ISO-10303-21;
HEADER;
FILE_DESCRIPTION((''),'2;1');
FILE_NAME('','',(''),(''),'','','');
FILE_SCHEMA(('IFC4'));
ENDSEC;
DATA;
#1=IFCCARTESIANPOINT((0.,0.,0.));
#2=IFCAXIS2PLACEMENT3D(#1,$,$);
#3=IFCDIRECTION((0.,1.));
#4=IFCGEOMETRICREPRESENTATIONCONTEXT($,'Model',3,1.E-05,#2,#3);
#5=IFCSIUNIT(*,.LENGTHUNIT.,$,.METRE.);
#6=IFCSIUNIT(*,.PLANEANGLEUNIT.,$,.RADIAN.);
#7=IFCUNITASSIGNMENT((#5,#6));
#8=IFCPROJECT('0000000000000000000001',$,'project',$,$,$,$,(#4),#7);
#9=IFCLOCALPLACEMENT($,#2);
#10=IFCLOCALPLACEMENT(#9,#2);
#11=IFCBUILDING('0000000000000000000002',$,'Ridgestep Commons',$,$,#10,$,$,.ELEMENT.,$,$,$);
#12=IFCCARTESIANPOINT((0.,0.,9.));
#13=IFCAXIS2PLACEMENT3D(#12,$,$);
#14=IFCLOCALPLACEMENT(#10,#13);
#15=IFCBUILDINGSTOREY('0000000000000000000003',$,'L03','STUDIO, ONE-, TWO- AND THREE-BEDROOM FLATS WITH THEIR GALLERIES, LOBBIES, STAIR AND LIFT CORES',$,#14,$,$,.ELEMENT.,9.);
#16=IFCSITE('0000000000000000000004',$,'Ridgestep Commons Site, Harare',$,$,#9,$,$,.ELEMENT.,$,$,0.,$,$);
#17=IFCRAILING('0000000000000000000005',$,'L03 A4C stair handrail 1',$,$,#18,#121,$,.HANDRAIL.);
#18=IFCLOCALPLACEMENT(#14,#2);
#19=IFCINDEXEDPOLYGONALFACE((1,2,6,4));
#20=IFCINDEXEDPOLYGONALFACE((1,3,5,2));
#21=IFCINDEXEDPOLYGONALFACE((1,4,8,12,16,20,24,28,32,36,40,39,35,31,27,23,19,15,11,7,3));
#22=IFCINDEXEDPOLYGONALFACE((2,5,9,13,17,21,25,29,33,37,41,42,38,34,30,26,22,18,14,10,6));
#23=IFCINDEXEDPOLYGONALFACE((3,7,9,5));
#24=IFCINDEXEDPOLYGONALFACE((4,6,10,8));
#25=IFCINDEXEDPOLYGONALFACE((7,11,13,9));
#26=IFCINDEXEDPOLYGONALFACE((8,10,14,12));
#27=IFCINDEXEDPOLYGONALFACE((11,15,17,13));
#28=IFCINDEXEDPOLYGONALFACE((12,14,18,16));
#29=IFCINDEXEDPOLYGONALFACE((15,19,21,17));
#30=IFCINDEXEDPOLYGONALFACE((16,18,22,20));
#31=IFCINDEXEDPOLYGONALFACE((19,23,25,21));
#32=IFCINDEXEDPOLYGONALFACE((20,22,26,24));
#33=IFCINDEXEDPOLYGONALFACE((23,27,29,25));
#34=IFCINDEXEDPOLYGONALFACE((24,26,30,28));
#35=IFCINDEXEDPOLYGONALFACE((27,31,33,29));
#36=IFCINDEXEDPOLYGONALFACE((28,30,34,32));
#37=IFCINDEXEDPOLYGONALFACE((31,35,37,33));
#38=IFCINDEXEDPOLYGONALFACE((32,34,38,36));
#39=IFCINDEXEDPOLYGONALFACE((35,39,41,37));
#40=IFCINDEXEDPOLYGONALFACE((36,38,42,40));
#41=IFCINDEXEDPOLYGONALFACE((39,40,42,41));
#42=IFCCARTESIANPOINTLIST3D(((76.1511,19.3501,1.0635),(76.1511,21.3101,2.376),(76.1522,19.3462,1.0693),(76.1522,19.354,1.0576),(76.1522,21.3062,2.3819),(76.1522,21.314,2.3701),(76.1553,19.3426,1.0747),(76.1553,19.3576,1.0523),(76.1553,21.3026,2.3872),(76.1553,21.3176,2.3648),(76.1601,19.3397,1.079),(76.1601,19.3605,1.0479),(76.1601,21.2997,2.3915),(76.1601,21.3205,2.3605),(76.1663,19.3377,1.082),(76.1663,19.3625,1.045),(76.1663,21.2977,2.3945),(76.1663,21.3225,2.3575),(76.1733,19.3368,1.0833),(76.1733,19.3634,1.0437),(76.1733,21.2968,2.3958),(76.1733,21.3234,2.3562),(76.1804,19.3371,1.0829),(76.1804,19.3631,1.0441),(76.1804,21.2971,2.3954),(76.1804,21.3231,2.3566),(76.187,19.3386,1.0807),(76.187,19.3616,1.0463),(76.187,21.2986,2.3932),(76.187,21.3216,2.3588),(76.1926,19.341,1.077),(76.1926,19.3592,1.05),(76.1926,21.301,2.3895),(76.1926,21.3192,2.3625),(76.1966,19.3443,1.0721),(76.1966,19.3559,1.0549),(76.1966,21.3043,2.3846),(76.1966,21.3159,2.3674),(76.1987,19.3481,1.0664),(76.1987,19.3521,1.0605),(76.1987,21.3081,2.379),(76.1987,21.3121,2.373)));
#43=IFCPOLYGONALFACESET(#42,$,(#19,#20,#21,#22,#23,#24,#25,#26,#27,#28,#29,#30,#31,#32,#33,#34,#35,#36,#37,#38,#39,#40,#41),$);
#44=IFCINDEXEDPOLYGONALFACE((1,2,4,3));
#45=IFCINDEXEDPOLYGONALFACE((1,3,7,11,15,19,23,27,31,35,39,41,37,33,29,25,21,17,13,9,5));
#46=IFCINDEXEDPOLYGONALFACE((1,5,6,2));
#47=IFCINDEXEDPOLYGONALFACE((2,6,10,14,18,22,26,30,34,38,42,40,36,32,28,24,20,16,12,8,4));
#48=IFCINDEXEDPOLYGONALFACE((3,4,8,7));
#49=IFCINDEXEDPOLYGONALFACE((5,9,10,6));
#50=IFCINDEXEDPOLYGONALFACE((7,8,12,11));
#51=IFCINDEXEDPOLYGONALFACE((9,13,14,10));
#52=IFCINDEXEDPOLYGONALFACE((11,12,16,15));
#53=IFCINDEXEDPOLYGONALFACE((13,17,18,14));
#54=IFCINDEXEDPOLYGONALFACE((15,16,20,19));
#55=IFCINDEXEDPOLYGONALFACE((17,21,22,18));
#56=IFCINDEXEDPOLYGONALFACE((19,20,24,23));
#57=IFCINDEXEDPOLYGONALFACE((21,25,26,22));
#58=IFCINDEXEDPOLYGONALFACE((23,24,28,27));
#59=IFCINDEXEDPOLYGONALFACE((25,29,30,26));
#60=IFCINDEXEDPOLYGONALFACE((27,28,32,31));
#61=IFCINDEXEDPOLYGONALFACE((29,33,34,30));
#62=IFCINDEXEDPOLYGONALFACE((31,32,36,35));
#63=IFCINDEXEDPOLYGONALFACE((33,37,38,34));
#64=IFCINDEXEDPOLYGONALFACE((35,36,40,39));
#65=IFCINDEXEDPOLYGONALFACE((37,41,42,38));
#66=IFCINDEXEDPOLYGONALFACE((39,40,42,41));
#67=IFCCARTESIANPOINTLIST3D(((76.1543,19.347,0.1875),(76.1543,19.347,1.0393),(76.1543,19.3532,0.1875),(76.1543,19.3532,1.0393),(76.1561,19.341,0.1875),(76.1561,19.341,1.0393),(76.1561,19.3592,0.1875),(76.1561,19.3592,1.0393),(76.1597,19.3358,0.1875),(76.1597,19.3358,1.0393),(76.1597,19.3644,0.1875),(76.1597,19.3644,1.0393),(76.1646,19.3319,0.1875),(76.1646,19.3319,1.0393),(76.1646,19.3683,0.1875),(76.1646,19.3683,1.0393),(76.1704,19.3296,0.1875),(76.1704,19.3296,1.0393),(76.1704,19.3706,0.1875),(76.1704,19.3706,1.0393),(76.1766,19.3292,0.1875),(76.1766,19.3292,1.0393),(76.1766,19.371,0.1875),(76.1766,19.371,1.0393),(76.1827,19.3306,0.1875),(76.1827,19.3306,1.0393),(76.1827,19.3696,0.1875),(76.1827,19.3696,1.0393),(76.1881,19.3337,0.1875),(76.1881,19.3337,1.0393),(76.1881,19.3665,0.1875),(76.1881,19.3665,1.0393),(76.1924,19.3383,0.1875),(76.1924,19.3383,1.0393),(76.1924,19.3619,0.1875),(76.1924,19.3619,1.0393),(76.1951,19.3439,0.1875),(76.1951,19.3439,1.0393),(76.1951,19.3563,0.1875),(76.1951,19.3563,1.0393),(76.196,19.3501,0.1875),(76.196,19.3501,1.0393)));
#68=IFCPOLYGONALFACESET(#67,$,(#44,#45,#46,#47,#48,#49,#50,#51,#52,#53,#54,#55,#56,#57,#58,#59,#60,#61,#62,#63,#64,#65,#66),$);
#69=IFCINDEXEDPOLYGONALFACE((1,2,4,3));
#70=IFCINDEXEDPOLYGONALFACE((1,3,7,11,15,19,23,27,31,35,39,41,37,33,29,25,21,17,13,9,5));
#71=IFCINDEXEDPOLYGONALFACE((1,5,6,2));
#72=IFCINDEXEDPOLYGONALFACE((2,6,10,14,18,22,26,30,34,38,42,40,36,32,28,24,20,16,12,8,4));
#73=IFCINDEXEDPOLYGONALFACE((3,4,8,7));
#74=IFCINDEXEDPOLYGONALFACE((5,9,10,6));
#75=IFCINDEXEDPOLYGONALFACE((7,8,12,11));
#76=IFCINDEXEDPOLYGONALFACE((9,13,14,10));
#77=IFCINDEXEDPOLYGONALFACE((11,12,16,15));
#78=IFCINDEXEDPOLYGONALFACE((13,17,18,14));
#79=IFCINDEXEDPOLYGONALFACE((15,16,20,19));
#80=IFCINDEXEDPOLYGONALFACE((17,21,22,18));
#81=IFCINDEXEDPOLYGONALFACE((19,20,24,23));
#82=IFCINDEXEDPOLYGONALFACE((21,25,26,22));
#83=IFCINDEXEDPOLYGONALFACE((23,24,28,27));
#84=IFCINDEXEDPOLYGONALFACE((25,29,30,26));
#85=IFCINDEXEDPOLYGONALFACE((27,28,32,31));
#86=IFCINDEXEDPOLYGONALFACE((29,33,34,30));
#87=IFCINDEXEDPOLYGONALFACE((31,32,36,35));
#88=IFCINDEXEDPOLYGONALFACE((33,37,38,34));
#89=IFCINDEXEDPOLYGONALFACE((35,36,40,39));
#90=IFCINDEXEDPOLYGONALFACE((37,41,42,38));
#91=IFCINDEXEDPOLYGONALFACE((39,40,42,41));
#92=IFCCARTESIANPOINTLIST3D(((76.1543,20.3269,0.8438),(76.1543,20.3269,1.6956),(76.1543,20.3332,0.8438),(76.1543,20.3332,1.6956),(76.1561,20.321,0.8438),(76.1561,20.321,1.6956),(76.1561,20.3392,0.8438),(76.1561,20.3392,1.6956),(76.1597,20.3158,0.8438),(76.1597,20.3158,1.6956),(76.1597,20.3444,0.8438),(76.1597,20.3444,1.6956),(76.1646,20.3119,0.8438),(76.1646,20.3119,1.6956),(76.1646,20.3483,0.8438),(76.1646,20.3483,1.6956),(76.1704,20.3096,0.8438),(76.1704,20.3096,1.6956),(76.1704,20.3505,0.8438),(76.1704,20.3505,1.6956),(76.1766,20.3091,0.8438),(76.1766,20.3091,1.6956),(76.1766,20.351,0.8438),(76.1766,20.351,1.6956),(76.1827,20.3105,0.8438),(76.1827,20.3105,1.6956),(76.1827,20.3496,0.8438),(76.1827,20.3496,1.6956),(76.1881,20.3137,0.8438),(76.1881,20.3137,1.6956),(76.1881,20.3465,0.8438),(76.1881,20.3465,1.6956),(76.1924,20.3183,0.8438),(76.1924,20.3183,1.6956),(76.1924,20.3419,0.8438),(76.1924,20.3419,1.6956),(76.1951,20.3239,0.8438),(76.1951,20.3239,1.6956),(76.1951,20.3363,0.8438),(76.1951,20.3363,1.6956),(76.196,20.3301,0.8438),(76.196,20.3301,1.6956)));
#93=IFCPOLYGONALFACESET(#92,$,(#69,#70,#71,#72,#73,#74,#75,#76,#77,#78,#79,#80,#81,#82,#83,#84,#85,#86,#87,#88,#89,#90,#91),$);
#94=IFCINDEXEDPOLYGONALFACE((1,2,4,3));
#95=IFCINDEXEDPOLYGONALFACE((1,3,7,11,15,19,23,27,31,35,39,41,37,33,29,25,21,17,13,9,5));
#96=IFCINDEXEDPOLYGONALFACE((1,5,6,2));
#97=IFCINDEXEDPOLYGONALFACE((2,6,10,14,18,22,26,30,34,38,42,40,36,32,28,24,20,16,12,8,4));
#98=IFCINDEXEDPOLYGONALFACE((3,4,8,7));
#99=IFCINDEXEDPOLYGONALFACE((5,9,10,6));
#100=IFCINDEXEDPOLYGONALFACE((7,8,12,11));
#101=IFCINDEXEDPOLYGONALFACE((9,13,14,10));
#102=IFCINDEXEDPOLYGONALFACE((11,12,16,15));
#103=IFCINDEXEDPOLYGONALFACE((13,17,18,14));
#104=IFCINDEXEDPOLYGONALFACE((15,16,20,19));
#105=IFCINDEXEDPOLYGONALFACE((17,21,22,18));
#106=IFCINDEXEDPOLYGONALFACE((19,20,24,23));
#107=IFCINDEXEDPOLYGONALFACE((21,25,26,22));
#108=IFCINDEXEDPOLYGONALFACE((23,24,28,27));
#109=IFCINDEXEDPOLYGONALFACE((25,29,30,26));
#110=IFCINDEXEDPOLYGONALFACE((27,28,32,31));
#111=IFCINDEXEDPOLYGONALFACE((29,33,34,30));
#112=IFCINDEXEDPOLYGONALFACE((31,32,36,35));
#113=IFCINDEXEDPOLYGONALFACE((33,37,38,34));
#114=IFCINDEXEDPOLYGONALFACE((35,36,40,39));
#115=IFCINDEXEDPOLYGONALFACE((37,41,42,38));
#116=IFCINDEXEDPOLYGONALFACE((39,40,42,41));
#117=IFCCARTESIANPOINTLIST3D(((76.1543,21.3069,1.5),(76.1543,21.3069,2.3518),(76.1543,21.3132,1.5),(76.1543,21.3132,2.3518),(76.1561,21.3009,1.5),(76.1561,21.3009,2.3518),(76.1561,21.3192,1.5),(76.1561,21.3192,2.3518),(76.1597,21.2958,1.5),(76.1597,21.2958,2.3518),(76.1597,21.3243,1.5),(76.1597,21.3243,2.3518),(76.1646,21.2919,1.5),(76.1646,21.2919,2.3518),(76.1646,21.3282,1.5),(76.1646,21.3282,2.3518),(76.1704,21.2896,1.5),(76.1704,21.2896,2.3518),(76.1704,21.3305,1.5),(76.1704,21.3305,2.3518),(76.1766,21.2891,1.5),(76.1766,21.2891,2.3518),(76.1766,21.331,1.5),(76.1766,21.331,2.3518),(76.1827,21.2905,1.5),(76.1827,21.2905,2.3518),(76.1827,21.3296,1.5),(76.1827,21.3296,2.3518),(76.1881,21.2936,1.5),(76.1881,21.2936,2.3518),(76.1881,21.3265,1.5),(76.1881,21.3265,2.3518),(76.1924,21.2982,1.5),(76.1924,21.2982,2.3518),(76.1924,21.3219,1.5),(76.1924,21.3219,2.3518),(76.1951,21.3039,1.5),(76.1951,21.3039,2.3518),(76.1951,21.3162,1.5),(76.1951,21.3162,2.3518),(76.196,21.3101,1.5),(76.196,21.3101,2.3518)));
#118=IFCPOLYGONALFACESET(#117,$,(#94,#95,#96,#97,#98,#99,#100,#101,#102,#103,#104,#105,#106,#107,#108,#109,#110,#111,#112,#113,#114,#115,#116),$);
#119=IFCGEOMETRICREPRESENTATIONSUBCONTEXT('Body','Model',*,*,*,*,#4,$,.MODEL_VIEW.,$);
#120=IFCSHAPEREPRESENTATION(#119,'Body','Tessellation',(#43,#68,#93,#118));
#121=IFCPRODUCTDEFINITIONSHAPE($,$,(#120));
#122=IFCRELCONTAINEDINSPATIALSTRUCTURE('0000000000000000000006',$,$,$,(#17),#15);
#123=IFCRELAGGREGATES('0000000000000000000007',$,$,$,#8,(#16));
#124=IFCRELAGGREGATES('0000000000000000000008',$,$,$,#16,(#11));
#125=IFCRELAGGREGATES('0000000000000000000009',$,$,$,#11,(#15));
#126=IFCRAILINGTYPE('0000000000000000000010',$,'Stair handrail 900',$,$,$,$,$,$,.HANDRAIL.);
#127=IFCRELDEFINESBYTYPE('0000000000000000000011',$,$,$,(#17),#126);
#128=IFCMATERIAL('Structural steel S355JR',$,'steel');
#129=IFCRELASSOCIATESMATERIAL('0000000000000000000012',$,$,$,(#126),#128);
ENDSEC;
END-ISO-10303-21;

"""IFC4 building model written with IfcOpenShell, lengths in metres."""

from ifc_helpers import new_model, si_unit, direction, frame, origin, origin_2d, place, context, subcontext, project, spatial, circle, extrude, material, type_object, element, save


model = new_model("IFC4")

# Units and contexts
model_context = context("Model", 3, precision=1e-05, world=origin(), true_north=direction((0.0, 1.0)))
body_context = subcontext(model_context, "Body", "Model", "MODEL_VIEW")
ifc_project = project(units=[si_unit("LENGTHUNIT", "METRE"), si_unit("PLANEANGLEUNIT", "RADIAN")], contexts=[model_context])

# Site, building, storey
site_placement = place(None, origin())
site = spatial("IfcSite", under=ifc_project, at=site_placement, Name="Ridgestep Commons Site, Harare", CompositionType="ELEMENT", RefElevation=0.0)
building_placement = place(site_placement, origin())
building = spatial("IfcBuilding", under=site, at=building_placement, Name="Ridgestep Commons", CompositionType="ELEMENT")
storey_placement = place(building_placement, frame((0.0, 0.0, 9.0)))
storey = spatial("IfcBuildingStorey", under=building, at=storey_placement, Name="L03", Description="STUDIO, ONE-, TWO- AND THREE-BEDROOM FLATS WITH THEIR GALLERIES, LOBBIES, STAIR AND LIFT CORES", CompositionType="ELEMENT", Elevation=9.0)

# Railing
ifc_material_1 = material(Name="Structural steel S355JR", Category="steel")
railing_type_1 = type_object("IfcRailingType", Name="Stair handrail 900", PredefinedType="HANDRAIL", material=ifc_material_1)
railing_1_placement = place(storey_placement, frame((76.175, 19.3501, 0.1875)))
element("IfcRailing", 1, at=railing_1_placement, inside=storey, type_object=railing_type_1, Name="L03 A4C stair handrail 1", PredefinedType="HANDRAIL", context=body_context, shape_type="SweptSolid", body=[
    extrude(circle(Radius=0.0239, at=origin_2d()), frame((0.0, 0.0, 0.876), z_axis=(0.0, 0.830902, 0.556419), x_axis=(-1.0, 0.0, 0.0)), (0.0, 0.0, 1.0), 2.3589),
    extrude(circle(Radius=0.021, at=origin_2d()), origin(), (0.0, 0.0, 1.0), 0.8518),
    extrude(circle(Radius=0.021, at=origin_2d()), frame((0.0, 0.98, 0.6562)), (0.0, 0.0, 1.0), 0.8518),
    extrude(circle(Radius=0.021, at=origin_2d()), frame((0.0, 1.96, 1.3125)), (0.0, 0.0, 1.0), 0.8518),
])

save(model, "model.ifc")
